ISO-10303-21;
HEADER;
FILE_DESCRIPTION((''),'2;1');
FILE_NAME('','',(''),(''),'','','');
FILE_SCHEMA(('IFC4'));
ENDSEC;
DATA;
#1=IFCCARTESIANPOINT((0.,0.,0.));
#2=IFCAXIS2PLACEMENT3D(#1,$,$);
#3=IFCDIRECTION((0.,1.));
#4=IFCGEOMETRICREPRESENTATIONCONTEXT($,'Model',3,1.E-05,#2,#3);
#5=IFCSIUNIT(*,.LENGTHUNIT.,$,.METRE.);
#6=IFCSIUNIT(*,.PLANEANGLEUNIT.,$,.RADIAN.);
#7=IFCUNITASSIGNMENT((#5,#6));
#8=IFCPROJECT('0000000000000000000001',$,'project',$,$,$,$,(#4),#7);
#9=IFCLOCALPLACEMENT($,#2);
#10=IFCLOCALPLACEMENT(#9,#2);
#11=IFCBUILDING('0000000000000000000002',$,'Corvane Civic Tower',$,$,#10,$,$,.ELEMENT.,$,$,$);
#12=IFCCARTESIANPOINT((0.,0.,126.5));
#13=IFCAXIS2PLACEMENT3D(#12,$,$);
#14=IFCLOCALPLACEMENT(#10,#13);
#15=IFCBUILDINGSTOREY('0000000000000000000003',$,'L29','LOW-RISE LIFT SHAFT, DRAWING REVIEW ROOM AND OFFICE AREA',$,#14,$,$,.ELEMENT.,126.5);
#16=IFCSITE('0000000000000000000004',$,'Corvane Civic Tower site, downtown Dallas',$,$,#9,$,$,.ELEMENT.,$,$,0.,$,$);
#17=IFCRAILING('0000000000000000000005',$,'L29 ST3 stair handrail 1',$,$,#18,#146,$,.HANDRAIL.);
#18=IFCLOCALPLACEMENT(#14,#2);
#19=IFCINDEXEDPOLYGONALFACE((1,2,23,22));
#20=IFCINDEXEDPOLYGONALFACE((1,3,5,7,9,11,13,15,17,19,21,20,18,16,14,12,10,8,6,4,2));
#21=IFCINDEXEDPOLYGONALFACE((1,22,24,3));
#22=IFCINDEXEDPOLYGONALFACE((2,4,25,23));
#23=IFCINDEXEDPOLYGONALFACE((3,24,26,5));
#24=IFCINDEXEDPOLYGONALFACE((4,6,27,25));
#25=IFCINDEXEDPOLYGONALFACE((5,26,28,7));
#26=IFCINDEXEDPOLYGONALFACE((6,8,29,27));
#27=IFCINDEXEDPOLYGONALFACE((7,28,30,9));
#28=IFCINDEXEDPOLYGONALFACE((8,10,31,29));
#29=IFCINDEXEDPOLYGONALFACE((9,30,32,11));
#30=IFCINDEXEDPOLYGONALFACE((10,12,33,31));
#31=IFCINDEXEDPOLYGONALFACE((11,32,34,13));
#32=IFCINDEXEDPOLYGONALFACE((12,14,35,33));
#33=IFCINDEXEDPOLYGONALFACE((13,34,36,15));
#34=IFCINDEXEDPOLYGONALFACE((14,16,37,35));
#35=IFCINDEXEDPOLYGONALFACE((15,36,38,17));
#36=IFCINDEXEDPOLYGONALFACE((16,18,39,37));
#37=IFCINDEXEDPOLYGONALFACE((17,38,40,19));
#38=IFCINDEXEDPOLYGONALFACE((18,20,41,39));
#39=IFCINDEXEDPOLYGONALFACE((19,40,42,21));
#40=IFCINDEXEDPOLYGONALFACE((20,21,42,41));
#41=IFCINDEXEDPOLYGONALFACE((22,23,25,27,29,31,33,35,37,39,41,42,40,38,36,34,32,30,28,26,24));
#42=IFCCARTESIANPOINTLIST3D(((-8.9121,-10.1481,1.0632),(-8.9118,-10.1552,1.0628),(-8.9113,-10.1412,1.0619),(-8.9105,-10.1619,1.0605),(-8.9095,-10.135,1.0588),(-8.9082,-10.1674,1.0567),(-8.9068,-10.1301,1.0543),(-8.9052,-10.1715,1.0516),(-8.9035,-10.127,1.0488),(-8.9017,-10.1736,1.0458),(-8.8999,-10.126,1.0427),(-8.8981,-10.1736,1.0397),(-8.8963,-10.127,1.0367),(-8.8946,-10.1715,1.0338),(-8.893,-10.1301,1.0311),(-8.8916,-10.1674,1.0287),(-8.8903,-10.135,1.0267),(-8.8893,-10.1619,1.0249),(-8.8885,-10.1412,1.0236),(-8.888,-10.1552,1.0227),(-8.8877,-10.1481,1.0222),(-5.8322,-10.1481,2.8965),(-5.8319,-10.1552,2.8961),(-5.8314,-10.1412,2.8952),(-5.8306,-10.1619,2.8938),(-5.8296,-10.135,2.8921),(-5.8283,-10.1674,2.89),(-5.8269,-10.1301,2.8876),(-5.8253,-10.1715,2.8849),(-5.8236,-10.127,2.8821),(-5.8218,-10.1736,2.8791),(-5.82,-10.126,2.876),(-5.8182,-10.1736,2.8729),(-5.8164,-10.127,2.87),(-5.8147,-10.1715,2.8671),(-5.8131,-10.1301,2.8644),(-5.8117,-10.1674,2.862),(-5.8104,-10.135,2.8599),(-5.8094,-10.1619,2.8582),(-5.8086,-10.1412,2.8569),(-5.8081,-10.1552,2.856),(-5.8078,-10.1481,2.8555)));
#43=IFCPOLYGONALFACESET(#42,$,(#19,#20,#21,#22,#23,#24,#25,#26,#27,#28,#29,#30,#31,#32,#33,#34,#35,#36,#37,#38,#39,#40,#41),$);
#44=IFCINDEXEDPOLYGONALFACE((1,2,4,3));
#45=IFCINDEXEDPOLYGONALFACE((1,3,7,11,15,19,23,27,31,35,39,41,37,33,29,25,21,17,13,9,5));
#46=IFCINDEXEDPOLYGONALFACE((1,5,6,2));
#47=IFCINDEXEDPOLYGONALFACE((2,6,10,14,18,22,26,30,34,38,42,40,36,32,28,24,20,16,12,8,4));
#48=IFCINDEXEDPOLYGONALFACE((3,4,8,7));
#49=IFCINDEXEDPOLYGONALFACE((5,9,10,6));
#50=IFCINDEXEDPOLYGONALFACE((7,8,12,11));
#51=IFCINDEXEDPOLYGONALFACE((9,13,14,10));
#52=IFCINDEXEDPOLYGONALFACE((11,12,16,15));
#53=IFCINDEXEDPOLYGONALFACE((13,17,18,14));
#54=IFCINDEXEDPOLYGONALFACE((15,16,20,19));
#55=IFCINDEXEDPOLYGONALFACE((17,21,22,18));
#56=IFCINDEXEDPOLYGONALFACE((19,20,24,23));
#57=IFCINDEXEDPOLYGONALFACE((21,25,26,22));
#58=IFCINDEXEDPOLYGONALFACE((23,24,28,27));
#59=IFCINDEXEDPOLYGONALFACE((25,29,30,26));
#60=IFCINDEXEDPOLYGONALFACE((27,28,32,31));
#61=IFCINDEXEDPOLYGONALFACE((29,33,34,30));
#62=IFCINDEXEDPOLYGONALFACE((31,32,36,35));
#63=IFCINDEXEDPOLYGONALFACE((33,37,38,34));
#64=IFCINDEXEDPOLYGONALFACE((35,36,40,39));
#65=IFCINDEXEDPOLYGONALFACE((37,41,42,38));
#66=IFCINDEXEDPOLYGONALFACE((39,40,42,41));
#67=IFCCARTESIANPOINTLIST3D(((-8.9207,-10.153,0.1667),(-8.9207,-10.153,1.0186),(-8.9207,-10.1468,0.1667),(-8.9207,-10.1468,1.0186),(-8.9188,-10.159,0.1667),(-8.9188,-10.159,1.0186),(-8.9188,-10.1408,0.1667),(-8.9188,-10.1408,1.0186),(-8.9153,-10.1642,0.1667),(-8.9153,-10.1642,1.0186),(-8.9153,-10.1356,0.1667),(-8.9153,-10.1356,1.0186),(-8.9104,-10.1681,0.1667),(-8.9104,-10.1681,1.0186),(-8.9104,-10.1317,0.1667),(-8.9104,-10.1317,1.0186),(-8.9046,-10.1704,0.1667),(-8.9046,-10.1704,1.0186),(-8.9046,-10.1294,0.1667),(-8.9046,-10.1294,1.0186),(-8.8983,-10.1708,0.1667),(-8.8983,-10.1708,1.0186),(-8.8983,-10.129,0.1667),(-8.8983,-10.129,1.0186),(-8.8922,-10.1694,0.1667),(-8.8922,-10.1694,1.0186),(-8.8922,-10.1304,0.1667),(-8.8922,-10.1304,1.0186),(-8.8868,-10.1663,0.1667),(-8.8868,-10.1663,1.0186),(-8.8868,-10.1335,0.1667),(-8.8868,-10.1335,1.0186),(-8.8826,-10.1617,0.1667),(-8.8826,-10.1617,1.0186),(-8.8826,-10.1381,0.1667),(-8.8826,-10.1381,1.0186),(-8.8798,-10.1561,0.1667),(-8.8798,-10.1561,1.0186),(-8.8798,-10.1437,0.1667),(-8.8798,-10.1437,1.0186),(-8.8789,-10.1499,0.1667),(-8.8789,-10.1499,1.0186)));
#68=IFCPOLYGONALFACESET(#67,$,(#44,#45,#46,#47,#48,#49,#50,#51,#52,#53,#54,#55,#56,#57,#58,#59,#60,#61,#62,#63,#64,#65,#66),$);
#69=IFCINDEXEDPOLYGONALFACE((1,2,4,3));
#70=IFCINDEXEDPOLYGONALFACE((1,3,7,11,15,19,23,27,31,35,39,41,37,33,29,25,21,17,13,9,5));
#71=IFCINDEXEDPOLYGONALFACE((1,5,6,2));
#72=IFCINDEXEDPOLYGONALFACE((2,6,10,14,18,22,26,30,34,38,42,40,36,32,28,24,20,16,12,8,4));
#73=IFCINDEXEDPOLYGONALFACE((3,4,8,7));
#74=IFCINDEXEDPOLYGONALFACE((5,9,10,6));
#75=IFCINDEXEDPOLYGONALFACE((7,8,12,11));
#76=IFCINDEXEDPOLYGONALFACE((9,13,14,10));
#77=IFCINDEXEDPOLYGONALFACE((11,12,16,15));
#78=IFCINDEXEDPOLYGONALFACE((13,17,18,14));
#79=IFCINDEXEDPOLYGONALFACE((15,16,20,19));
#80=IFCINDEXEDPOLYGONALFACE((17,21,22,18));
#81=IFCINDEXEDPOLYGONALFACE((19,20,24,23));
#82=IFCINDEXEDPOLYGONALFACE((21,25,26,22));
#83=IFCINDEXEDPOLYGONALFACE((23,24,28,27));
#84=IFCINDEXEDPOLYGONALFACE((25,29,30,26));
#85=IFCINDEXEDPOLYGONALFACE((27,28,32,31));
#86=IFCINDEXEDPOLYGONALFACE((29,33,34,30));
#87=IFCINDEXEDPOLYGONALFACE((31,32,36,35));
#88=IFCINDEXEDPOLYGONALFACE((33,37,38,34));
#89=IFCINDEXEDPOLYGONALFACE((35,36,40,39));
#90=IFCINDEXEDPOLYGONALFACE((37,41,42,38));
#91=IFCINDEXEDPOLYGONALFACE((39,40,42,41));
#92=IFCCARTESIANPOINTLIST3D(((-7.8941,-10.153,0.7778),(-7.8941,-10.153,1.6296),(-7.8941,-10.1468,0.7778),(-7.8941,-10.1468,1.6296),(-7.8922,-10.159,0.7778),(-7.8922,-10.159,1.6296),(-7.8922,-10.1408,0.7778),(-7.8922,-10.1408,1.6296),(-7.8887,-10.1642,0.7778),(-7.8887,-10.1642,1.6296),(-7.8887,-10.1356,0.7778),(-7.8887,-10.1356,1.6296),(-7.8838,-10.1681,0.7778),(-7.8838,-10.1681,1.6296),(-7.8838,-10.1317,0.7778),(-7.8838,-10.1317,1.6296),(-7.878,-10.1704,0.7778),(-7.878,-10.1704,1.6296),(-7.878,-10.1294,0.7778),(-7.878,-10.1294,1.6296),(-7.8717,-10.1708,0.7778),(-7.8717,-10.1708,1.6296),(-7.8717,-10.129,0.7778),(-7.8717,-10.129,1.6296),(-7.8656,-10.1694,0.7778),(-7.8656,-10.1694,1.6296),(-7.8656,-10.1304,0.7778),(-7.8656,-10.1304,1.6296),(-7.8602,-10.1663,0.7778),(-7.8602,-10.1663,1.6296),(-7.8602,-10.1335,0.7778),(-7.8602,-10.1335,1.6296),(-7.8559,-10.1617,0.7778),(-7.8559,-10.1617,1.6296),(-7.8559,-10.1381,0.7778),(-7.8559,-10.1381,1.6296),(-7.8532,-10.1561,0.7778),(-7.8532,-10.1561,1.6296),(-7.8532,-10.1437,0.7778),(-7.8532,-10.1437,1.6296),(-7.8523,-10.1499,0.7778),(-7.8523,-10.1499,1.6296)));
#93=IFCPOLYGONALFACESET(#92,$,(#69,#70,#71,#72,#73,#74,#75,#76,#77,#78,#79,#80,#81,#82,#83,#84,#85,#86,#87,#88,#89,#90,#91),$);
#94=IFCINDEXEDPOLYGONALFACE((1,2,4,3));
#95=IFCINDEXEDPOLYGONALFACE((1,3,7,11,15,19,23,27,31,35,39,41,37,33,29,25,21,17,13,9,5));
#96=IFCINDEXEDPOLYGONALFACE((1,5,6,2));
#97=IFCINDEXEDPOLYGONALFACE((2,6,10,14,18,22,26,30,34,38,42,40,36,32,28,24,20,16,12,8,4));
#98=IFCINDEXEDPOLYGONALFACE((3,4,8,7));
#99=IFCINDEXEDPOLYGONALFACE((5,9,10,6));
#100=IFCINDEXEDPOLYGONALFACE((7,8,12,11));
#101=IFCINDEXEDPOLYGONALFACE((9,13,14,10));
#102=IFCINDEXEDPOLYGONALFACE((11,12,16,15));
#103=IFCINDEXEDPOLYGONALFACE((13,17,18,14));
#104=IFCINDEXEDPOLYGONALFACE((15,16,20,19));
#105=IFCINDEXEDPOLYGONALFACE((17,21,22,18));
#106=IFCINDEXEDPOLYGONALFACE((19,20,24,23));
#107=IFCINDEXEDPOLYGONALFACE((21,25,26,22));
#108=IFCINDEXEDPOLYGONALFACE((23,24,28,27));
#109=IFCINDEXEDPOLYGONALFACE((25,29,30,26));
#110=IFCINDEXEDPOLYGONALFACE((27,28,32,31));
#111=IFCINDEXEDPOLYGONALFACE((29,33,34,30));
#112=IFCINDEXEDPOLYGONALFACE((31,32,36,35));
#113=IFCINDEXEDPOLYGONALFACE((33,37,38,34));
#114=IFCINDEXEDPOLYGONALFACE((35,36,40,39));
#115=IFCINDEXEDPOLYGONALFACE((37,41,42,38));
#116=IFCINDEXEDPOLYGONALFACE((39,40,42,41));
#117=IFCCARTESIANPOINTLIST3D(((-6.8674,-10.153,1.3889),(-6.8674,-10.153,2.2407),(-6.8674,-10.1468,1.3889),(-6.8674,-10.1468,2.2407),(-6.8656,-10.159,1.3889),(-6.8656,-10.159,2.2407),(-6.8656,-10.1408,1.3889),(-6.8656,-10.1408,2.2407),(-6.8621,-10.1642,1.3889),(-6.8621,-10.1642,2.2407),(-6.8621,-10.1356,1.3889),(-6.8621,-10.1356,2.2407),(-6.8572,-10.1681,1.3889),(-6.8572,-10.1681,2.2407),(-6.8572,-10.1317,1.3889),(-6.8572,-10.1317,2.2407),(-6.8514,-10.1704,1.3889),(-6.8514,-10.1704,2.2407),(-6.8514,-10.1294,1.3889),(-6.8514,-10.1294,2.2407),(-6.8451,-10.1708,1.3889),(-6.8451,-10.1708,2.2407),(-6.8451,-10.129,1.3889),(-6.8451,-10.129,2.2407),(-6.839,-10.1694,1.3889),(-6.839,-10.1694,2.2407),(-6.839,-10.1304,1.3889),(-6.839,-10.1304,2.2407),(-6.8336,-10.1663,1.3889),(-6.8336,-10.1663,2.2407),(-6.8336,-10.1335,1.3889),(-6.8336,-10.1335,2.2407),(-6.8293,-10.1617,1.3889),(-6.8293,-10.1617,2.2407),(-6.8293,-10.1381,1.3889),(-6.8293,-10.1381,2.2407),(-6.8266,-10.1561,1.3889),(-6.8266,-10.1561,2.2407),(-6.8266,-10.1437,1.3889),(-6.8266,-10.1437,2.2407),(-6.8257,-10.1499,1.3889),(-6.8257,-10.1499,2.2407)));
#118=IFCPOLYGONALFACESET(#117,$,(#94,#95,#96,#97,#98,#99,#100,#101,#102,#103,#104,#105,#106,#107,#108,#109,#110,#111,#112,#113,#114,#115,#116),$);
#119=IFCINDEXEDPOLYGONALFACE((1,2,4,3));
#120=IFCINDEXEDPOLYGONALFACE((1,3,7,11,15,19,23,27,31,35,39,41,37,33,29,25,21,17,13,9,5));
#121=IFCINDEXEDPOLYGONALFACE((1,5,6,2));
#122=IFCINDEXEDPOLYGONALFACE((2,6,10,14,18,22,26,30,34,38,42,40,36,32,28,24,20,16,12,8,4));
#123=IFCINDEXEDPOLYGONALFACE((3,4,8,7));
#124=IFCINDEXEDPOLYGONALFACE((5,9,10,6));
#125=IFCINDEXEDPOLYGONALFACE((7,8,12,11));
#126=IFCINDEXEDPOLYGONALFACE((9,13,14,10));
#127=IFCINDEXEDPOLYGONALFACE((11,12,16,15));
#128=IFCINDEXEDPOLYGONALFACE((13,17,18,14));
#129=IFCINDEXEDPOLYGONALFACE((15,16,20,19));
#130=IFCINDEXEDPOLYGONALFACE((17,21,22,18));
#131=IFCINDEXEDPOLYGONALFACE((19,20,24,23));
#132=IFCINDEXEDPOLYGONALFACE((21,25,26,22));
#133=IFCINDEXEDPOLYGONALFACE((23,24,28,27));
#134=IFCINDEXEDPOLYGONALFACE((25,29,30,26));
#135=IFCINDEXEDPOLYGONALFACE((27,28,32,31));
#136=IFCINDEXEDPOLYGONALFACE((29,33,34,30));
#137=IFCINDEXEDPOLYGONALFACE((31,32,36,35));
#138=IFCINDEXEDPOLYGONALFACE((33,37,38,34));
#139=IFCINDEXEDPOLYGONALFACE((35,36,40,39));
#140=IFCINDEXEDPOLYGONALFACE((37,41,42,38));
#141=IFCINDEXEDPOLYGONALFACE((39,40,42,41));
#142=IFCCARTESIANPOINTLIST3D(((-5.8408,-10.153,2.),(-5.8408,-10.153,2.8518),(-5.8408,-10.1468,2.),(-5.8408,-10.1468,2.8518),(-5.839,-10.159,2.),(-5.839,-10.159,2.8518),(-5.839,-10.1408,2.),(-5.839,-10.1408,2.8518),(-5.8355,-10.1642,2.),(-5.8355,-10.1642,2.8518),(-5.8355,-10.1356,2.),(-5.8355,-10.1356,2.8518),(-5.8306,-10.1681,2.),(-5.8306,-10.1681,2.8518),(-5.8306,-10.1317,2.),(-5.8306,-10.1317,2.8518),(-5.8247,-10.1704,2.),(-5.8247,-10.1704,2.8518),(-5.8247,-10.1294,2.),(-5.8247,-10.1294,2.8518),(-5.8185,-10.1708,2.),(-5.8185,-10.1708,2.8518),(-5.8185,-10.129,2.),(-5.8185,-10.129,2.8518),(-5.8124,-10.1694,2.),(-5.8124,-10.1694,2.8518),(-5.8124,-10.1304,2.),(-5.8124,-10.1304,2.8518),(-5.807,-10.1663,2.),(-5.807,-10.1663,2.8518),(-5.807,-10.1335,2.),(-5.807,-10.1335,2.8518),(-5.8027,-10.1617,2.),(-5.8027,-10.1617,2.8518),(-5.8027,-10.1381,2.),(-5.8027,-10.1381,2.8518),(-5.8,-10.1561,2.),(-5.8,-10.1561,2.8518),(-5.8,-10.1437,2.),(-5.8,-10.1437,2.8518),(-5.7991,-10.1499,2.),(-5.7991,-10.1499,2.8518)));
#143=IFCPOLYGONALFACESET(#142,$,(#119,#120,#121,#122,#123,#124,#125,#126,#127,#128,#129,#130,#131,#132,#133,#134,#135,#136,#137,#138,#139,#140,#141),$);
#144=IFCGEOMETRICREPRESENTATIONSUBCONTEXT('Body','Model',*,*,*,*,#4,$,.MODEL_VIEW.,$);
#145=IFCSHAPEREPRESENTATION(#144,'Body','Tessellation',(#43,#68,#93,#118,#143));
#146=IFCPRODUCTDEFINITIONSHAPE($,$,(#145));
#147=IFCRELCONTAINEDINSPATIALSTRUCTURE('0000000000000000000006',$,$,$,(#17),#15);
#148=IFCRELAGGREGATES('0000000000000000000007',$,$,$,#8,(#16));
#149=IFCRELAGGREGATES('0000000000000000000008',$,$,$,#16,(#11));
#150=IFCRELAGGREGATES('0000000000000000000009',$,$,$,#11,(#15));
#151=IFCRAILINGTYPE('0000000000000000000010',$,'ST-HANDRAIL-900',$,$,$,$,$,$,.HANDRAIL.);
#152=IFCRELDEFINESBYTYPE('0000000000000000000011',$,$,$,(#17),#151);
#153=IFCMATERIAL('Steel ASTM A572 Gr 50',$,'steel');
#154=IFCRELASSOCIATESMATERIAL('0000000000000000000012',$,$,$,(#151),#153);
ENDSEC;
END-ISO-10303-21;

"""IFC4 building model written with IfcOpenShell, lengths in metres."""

from ifc_helpers import new_model, si_unit, direction, frame, origin, origin_2d, place, context, subcontext, project, spatial, circle, extrude, material, type_object, element, save


model = new_model("IFC4")

# Units and contexts
model_context = context("Model", 3, precision=1e-05, world=origin(), true_north=direction((0.0, 1.0)))
body_context = subcontext(model_context, "Body", "Model", "MODEL_VIEW")
ifc_project = project(units=[si_unit("LENGTHUNIT", "METRE"), si_unit("PLANEANGLEUNIT", "RADIAN")], contexts=[model_context])

# Site, building, storey
site_placement = place(None, origin())
site = spatial("IfcSite", under=ifc_project, at=site_placement, Name="Corvane Civic Tower site, downtown Dallas", CompositionType="ELEMENT", RefElevation=0.0)
building_placement = place(site_placement, origin())
building = spatial("IfcBuilding", under=site, at=building_placement, Name="Corvane Civic Tower", CompositionType="ELEMENT")
storey_placement = place(building_placement, frame((0.0, 0.0, 126.5)))
storey = spatial("IfcBuildingStorey", under=building, at=storey_placement, Name="L29", Description="LOW-RISE LIFT SHAFT, DRAWING REVIEW ROOM AND OFFICE AREA", CompositionType="ELEMENT", Elevation=126.5)

# Railing
ifc_material_1 = material(Name="Steel ASTM A572 Gr 50", Category="steel")
railing_type_1 = type_object("IfcRailingType", Name="ST-HANDRAIL-900", PredefinedType="HANDRAIL", material=ifc_material_1)
railing_1_placement = place(storey_placement, frame((-8.8999, -10.1499, 0.1667)))
element("IfcRailing", 1, at=railing_1_placement, inside=storey, type_object=railing_type_1, Name="L29 ST3 stair handrail 1", PredefinedType="HANDRAIL", context=body_context, shape_type="SweptSolid", body=[
    extrude(circle(Radius=0.0239, at=origin_2d()), frame((0.0, 0.0, 0.876), z_axis=(0.859291, 0.0, 0.511487), x_axis=(0.0, 1.0, 0.0)), (0.0, 0.0, 1.0), 3.5842),
    extrude(circle(Radius=0.021, at=origin_2d()), origin(), (0.0, 0.0, 1.0), 0.8518),
    extrude(circle(Radius=0.021, at=origin_2d()), frame((1.0266, 0.0, 0.6111)), (0.0, 0.0, 1.0), 0.8518),
    extrude(circle(Radius=0.021, at=origin_2d()), frame((2.0532, 0.0, 1.2222)), (0.0, 0.0, 1.0), 0.8518),
    extrude(circle(Radius=0.021, at=origin_2d()), frame((3.0798, 0.0, 1.8333)), (0.0, 0.0, 1.0), 0.8518),
])

save(model, "model.ifc")
